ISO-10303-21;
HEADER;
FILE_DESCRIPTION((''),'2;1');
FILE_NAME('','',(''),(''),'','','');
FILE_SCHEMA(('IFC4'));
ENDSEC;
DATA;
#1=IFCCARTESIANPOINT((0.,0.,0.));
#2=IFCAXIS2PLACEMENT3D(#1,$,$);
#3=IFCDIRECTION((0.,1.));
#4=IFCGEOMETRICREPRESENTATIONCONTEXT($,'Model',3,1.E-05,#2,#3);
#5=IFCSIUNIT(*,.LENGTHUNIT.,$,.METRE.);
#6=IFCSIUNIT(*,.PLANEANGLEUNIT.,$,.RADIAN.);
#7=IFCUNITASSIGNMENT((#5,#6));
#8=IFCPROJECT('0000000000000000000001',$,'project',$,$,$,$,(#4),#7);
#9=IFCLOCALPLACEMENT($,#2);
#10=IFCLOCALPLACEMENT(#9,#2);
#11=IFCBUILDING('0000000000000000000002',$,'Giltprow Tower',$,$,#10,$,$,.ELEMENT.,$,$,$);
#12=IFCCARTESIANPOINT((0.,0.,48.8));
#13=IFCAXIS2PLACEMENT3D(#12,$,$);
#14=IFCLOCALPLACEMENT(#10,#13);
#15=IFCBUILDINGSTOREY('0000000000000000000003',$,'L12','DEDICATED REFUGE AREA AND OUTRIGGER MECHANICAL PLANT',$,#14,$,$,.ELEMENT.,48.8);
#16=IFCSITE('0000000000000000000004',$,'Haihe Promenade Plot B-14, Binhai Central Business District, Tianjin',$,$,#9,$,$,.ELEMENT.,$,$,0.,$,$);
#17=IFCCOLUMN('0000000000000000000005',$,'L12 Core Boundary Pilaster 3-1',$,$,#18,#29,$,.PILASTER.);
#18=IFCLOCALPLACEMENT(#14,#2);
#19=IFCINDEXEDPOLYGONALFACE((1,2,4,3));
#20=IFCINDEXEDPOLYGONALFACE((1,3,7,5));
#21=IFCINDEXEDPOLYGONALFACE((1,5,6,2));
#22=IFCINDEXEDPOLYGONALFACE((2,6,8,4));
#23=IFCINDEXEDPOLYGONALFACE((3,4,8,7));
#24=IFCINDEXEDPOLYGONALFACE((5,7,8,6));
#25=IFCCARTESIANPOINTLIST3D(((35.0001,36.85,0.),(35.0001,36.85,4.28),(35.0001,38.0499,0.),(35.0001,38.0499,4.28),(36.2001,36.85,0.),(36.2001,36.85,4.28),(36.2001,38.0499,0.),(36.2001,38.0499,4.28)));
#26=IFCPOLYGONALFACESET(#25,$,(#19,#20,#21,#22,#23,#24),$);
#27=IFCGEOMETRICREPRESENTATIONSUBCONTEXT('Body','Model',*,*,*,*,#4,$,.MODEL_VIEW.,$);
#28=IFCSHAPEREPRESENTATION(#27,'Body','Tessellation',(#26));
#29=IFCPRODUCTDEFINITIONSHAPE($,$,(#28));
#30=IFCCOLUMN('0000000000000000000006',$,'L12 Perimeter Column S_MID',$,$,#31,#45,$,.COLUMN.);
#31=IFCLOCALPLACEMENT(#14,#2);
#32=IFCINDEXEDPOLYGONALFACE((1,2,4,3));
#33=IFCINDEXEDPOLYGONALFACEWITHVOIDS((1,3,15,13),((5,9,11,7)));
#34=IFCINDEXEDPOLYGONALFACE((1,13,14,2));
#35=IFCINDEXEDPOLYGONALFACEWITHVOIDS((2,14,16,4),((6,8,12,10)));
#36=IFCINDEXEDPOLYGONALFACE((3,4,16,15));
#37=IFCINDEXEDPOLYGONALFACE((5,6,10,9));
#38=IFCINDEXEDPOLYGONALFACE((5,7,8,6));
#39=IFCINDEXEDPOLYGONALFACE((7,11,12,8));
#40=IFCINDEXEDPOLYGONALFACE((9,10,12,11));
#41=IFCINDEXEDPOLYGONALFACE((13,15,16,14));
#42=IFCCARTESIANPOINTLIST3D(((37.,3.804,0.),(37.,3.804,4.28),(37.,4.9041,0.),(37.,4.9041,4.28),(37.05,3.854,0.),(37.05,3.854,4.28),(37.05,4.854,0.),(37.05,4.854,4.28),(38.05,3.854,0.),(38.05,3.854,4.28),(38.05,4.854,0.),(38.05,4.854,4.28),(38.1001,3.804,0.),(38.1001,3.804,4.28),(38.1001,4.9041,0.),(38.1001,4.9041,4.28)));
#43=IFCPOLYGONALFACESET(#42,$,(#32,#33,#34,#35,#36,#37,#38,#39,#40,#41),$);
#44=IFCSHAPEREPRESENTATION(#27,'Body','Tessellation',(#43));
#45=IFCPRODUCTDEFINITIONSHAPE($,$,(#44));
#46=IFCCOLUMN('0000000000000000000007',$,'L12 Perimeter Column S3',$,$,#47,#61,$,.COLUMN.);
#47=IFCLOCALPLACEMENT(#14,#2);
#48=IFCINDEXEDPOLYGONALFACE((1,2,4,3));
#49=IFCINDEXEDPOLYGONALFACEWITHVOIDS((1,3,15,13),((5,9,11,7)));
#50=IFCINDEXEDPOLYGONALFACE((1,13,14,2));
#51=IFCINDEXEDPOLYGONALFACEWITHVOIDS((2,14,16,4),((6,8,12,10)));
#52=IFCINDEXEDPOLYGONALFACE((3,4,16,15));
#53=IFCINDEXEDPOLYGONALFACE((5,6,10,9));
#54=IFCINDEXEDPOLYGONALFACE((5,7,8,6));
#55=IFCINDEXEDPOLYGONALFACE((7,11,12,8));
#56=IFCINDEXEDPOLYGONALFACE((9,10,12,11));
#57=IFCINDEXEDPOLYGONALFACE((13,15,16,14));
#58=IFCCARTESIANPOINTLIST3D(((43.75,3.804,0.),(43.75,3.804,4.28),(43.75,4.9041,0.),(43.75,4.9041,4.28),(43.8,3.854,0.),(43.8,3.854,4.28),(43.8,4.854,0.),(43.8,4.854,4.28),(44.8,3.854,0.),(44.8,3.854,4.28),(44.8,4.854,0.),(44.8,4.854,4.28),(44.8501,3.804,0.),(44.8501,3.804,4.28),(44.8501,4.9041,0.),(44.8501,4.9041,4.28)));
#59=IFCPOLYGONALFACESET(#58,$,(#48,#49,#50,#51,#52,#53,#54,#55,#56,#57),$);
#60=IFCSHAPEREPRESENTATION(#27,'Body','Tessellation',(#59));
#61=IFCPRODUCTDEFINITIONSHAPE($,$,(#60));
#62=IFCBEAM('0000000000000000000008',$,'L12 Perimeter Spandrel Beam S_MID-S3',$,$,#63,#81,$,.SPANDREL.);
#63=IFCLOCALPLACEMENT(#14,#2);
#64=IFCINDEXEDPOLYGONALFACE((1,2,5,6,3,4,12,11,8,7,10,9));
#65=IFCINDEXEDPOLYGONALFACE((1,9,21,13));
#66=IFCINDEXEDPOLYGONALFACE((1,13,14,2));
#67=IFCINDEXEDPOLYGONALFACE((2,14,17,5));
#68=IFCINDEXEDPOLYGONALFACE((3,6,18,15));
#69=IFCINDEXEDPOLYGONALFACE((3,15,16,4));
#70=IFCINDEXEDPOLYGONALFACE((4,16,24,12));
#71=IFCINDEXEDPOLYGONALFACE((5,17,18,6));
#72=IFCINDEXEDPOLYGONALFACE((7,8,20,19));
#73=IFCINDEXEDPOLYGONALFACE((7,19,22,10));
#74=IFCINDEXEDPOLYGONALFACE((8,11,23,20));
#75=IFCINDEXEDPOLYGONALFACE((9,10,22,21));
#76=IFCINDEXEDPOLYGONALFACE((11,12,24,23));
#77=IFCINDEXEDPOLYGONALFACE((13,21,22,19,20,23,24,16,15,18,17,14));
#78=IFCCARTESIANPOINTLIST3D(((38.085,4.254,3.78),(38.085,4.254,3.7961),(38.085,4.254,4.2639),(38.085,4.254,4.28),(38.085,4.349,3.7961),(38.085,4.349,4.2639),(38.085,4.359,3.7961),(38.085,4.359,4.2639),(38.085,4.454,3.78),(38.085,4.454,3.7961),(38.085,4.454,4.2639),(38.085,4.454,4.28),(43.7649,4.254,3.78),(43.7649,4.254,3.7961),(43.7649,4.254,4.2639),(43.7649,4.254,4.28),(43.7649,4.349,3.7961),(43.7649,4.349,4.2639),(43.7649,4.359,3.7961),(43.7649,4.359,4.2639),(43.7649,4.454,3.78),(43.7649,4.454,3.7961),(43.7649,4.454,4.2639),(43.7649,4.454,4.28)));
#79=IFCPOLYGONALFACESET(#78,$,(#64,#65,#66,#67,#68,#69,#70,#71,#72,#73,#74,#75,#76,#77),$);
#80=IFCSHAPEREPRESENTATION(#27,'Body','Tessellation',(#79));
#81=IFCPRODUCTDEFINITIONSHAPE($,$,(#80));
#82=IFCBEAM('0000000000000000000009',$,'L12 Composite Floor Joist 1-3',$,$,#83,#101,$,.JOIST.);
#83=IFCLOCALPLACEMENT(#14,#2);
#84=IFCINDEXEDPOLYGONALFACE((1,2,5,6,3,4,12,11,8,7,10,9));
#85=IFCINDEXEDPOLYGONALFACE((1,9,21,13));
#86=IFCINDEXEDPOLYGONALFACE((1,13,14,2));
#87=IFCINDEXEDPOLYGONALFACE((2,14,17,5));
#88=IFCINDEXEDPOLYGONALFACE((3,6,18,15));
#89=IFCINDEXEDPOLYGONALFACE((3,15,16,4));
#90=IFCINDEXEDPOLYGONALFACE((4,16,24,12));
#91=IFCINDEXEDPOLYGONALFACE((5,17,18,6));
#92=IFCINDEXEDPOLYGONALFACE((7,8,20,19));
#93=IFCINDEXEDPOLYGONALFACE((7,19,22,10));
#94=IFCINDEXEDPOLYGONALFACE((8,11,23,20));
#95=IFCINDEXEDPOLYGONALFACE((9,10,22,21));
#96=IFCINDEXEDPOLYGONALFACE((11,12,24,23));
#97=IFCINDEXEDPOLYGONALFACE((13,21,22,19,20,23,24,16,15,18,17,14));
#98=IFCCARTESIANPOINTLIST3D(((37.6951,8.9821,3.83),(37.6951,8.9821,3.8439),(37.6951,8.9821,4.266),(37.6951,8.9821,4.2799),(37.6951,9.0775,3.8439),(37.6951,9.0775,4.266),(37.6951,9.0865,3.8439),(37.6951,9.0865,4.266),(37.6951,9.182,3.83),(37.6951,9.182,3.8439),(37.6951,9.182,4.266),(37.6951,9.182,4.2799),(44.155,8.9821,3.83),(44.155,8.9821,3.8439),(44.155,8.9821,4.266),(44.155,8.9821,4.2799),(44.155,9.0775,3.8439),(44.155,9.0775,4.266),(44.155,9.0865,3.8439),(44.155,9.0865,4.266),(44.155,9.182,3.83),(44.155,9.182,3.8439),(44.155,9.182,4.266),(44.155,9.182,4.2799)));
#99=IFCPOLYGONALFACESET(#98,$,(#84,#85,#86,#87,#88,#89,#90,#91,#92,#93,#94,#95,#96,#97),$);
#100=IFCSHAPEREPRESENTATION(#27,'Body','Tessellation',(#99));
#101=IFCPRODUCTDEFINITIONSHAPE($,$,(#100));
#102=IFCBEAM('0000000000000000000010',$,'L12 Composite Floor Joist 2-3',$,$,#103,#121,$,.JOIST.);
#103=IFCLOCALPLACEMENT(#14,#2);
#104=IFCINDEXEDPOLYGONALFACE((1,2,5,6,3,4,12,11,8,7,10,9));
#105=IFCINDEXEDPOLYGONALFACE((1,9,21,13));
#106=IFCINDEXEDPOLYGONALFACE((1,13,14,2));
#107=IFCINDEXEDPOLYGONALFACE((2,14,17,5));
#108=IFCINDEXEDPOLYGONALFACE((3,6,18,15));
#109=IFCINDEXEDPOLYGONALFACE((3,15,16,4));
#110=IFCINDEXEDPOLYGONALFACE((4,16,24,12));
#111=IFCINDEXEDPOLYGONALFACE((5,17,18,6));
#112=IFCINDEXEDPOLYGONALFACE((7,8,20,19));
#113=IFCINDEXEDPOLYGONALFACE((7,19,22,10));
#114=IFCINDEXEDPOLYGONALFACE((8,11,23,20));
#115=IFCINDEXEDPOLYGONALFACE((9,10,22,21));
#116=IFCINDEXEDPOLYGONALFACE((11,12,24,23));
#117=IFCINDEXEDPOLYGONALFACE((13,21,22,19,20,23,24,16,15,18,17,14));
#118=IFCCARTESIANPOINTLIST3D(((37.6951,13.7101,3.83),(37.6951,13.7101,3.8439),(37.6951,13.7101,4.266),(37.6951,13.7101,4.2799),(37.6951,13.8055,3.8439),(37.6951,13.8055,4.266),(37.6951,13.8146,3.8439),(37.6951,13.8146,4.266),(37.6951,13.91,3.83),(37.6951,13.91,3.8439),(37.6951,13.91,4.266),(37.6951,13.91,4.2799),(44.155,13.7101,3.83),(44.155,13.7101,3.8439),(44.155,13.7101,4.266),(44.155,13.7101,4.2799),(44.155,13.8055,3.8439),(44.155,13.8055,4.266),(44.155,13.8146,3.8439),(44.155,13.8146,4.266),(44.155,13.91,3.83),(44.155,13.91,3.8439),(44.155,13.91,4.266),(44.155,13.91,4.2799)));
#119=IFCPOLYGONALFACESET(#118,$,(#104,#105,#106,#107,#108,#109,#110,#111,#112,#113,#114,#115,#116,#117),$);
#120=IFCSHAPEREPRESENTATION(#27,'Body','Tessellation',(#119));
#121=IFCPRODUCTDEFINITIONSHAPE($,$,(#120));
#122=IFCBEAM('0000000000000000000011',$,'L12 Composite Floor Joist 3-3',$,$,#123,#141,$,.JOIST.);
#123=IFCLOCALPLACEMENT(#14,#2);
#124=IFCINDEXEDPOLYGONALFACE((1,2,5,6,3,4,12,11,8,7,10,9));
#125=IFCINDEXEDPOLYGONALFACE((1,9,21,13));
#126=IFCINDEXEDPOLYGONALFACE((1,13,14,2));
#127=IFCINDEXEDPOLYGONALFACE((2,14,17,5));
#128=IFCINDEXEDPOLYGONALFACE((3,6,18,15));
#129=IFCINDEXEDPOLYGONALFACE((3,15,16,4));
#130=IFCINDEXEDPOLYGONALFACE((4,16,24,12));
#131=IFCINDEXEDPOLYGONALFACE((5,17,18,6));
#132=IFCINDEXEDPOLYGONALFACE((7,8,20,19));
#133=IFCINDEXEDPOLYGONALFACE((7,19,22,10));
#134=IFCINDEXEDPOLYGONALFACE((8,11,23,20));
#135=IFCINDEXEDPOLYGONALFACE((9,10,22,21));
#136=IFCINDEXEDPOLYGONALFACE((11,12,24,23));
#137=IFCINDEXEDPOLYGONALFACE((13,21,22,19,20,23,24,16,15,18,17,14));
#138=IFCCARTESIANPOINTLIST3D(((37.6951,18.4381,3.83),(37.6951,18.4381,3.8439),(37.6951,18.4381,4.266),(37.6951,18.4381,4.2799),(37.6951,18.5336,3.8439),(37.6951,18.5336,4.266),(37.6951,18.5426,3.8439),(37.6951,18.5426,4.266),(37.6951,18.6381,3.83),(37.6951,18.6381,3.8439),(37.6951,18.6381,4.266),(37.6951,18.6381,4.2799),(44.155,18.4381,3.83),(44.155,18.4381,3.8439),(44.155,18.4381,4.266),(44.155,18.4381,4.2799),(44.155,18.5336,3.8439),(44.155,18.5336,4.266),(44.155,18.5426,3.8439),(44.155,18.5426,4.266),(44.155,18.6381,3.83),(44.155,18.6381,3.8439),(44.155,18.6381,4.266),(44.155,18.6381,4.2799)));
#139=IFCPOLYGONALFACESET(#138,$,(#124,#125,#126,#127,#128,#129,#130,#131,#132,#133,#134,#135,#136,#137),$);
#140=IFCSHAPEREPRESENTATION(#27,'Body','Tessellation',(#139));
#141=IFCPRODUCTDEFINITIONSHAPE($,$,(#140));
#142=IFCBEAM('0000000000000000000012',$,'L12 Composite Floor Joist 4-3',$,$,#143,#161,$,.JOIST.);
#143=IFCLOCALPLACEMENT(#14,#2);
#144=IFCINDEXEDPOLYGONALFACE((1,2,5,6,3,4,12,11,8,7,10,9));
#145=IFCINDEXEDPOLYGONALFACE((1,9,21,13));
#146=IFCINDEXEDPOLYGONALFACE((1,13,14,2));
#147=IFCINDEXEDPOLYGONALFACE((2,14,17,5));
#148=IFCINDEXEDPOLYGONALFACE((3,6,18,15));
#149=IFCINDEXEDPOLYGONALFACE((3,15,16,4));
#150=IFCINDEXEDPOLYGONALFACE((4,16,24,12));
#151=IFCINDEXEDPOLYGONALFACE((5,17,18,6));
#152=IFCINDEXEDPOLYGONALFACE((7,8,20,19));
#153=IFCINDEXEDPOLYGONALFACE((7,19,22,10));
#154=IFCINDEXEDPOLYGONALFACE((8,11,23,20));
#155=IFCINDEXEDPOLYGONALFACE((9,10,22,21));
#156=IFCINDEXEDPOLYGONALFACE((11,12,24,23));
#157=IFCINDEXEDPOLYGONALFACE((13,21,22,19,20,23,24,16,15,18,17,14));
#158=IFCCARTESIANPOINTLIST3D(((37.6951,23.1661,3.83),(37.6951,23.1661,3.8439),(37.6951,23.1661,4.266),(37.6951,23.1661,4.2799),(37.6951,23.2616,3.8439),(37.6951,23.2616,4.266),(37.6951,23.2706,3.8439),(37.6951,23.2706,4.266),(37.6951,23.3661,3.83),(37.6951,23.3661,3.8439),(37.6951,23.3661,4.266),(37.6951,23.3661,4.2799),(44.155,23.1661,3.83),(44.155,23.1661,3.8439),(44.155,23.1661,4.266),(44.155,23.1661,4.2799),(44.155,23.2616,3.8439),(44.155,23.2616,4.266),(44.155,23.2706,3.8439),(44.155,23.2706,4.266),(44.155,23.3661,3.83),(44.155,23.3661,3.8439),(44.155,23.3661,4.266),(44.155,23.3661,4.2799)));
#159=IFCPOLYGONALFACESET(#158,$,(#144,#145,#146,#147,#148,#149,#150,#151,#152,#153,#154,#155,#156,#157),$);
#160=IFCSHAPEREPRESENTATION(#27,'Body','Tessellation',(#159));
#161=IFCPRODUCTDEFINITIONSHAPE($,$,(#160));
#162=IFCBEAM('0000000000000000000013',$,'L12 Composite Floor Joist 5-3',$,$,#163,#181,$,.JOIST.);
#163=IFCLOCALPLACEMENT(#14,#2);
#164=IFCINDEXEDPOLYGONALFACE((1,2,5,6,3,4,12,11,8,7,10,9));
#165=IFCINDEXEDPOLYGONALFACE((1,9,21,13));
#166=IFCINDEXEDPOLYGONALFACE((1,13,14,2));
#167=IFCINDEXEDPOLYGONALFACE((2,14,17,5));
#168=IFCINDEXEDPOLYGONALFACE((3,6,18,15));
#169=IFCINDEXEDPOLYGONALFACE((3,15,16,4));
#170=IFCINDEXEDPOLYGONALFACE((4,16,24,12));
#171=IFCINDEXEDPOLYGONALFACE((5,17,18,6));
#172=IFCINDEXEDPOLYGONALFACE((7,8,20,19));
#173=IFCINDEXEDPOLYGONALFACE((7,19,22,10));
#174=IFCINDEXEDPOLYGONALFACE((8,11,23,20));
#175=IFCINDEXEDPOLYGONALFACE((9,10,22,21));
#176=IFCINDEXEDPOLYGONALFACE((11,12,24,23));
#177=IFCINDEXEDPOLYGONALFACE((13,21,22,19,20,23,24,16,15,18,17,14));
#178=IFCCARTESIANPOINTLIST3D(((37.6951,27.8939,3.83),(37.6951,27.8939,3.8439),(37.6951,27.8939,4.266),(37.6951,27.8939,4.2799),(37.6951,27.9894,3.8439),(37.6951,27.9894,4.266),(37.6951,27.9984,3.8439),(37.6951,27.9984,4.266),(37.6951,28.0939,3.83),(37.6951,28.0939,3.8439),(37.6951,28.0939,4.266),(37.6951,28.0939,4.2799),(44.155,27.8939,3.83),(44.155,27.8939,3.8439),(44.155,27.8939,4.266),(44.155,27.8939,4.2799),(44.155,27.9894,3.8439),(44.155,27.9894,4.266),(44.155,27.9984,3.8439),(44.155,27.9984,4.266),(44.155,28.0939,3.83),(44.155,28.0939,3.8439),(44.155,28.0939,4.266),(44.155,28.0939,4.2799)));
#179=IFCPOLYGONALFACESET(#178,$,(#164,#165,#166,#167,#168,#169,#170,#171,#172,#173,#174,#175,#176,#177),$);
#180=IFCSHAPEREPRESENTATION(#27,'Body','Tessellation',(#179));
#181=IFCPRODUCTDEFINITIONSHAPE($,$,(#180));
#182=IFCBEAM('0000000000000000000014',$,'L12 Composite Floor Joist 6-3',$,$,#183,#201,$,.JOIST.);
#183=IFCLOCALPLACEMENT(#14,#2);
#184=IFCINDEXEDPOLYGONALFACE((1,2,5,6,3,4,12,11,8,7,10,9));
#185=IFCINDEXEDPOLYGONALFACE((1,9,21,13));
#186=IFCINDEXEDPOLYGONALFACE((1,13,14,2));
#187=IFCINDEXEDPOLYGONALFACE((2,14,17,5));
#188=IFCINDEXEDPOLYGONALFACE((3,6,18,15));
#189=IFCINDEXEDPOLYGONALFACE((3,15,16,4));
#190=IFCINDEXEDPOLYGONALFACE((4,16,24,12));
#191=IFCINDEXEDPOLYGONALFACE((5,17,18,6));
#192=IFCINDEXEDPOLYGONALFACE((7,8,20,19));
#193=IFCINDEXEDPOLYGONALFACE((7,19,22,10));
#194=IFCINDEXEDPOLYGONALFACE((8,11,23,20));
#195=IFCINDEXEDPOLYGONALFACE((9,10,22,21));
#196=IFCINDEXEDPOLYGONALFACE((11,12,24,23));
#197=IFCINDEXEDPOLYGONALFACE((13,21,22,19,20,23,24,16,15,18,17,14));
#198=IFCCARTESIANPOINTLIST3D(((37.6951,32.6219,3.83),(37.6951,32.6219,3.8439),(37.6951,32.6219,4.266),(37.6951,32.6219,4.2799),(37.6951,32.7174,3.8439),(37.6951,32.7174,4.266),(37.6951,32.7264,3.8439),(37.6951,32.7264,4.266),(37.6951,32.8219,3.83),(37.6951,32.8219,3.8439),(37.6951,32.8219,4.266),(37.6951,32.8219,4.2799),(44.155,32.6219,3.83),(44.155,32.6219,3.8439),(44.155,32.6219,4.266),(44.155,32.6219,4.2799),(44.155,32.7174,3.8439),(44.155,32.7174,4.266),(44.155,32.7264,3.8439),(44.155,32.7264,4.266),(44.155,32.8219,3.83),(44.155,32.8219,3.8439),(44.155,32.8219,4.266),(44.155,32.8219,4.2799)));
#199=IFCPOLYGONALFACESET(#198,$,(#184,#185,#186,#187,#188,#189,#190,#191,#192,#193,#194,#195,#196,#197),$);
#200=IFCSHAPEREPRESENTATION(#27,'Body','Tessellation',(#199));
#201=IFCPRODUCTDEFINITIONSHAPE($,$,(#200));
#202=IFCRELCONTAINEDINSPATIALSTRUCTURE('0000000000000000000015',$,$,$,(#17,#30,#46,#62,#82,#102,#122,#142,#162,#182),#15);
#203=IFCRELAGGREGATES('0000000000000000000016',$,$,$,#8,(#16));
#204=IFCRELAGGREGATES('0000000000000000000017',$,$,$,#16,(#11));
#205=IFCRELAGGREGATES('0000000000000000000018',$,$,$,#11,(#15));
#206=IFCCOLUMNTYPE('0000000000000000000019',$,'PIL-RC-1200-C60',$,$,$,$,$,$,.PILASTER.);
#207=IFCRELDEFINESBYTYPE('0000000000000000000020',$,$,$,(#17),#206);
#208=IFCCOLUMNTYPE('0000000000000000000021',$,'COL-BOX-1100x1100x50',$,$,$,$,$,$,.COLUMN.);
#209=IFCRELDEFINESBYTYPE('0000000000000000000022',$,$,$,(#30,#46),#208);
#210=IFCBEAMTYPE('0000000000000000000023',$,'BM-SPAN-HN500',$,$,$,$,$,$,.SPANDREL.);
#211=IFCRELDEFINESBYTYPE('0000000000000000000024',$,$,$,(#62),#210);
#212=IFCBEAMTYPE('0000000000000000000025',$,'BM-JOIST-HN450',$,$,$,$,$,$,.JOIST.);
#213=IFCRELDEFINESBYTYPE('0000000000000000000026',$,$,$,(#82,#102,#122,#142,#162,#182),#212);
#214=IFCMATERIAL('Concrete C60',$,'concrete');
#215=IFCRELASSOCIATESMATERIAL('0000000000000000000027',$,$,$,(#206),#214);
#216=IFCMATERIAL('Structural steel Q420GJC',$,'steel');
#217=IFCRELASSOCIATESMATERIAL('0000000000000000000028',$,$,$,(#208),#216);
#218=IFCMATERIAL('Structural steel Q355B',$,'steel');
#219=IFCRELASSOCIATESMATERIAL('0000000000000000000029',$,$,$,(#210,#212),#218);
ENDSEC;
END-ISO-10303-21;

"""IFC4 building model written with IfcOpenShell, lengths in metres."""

from ifc_helpers import new_model, si_unit, direction, frame, origin, origin_2d, place, context, subcontext, project, spatial, rectangle, hollow_rectangle, i_section, extrude, source, transform, mapped, material, material_profile, profile_set, type_object, element, save


model = new_model("IFC4")

# Units and contexts
model_context = context("Model", 3, precision=1e-05, world=origin(), true_north=direction((0.0, 1.0)))
body_context = subcontext(model_context, "Body", "Model", "MODEL_VIEW")
ifc_project = project(units=[si_unit("LENGTHUNIT", "METRE"), si_unit("PLANEANGLEUNIT", "RADIAN")], contexts=[model_context])

# Site, building, storey
site_placement = place(None, origin())
site = spatial("IfcSite", under=ifc_project, at=site_placement, Name="Haihe Promenade Plot B-14, Binhai Central Business District, Tianjin", CompositionType="ELEMENT", RefElevation=0.0)
building_placement = place(site_placement, origin())
building = spatial("IfcBuilding", under=site, at=building_placement, Name="Giltprow Tower", CompositionType="ELEMENT")
storey_placement = place(building_placement, frame((0.0, 0.0, 48.8)))
storey = spatial("IfcBuildingStorey", under=building, at=storey_placement, Name="L12", Description="DEDICATED REFUGE AREA AND OUTRIGGER MECHANICAL PLANT", CompositionType="ELEMENT", Elevation=48.8)

# Columns
ifc_material_1 = material(Name="Concrete C60", Category="concrete")
ifc_material_profile_1 = material_profile(ifc_material_1, rectangle(XDim=1.2, YDim=1.2, at=origin_2d()), Name="RC 1200x1200")
ifc_profile_set_1 = profile_set([ifc_material_profile_1], Name="Concrete C60")
column_type_1 = type_object("IfcColumnType", Name="PIL-RC-1200-C60", PredefinedType="PILASTER", material=ifc_profile_set_1)
shared_shape_1 = source(origin(), body_context, "Body", "SweptSolid", [
    extrude(rectangle(XDim=1.2, YDim=1.2, at=origin_2d()), origin(), (0.0, 0.0, 1.0), 4.28),
])
column_placement = place(storey_placement, frame((35.6001, 37.45, 0.0), z_axis=(0.0, 0.0, 1.0), x_axis=(1.0, 0.0, 0.0)))
element("IfcColumn", 1, at=column_placement, inside=storey, type_object=column_type_1, Name="L12 Core Boundary Pilaster 3-1", PredefinedType="PILASTER", context=body_context, shape_type="MappedRepresentation", body=[
    mapped(shared_shape_1, transform((0.0, 0.0, 0.0), x_axis=(1.0, 0.0, 0.0), y_axis=(0.0, 1.0, 0.0), z_axis=(0.0, 0.0, 1.0), scale=1.0)),
])
ifc_material_2 = material(Name="Structural steel Q420GJC", Category="steel")
ifc_material_profile_2 = material_profile(ifc_material_2, hollow_rectangle(XDim=1.1001, YDim=1.1001, WallThickness=0.05, at=origin_2d()), Name="BOX 1100x1100x50")
ifc_profile_set_2 = profile_set([ifc_material_profile_2], Name="Structural steel Q420GJC")
column_type_2 = type_object("IfcColumnType", Name="COL-BOX-1100x1100x50", PredefinedType="COLUMN", material=ifc_profile_set_2)
shared_shape_2 = source(origin(), body_context, "Body", "SweptSolid", [
    extrude(hollow_rectangle(XDim=1.1001, YDim=1.1001, WallThickness=0.05, at=origin_2d()), origin(), (0.0, 0.0, 1.0), 4.28),
])
for number, where, z_axis, x_axis, name in (
    (2, (37.55, 4.354, 0.0), (0.0, 0.0, 1.0), (1.0, 0.0, 0.0), "L12 Perimeter Column S_MID"),
    (3, (44.3, 4.354, 0.0), (0.0, 0.0, 1.0), (1.0, 0.0, 0.0), "L12 Perimeter Column S3"),
):
    element("IfcColumn", number, at=place(storey_placement, frame(where, z_axis=z_axis, x_axis=x_axis)), inside=storey, type_object=column_type_2, Name=name, PredefinedType="COLUMN", context=body_context, shape_type="MappedRepresentation", body=[
        mapped(shared_shape_2, transform((0.0, 0.0, 0.0), x_axis=(1.0, 0.0, 0.0), y_axis=(0.0, 1.0, 0.0), z_axis=(0.0, 0.0, 1.0), scale=1.0)),
    ])

# Beams
ifc_material_3 = material(Name="Structural steel Q355B", Category="steel")
ifc_material_profile_3 = material_profile(ifc_material_3, i_section(OverallWidth=0.2, OverallDepth=0.5, WebThickness=0.01, FlangeThickness=0.0161, at=origin_2d()), Name="HN 500x200x10x16")
ifc_profile_set_3 = profile_set([ifc_material_profile_3], Name="Structural steel Q355B")
beam_type_1 = type_object("IfcBeamType", Name="BM-SPAN-HN500", PredefinedType="SPANDREL", material=ifc_profile_set_3)
shared_shape_3 = source(origin(), body_context, "Body", "SweptSolid", [
    extrude(i_section(OverallWidth=0.2, OverallDepth=0.5, WebThickness=0.01, FlangeThickness=0.0161, at=origin_2d()), origin(), (0.0, 0.0, 1.0), 5.6799),
])
beam_1_placement = place(storey_placement, frame((38.085, 4.354, 4.03), z_axis=(1.0, 0.0, 0.0), x_axis=(0.0, 1.0, 0.0)))
element("IfcBeam", 4, at=beam_1_placement, inside=storey, type_object=beam_type_1, Name="L12 Perimeter Spandrel Beam S_MID-S3", PredefinedType="SPANDREL", context=body_context, shape_type="MappedRepresentation", body=[
    mapped(shared_shape_3, transform((0.0, 0.0, 0.0), x_axis=(1.0, 0.0, 0.0), y_axis=(0.0, 1.0, 0.0), z_axis=(0.0, 0.0, 1.0), scale=1.0)),
])
ifc_material_profile_4 = material_profile(ifc_material_3, i_section(OverallWidth=0.2, OverallDepth=0.45, WebThickness=0.009, FlangeThickness=0.0139, at=origin_2d()), Name="HN 450x200x9x14")
ifc_profile_set_4 = profile_set([ifc_material_profile_4], Name="Structural steel Q355B")
beam_type_2 = type_object("IfcBeamType", Name="BM-JOIST-HN450", PredefinedType="JOIST", material=ifc_profile_set_4)
shared_shape_4 = source(origin(), body_context, "Body", "SweptSolid", [
    extrude(i_section(OverallWidth=0.2, OverallDepth=0.45, WebThickness=0.009, FlangeThickness=0.0139, at=origin_2d()), origin(), (0.0, 0.0, 1.0), 6.46),
])
for number, where, z_axis, x_axis, name in (
    (5, (37.6951, 9.082, 4.0549), (1.0, 0.0, 0.0), (0.0, 1.0, 0.0), "L12 Composite Floor Joist 1-3"),
    (6, (37.6951, 13.8101, 4.0549), (1.0, 0.0, 0.0), (0.0, 1.0, 0.0), "L12 Composite Floor Joist 2-3"),
    (7, (37.6951, 18.5381, 4.0549), (1.0, 0.0, 0.0), (0.0, 1.0, 0.0), "L12 Composite Floor Joist 3-3"),
    (8, (37.6951, 23.2661, 4.0549), (1.0, 0.0, 0.0), (0.0, 1.0, 0.0), "L12 Composite Floor Joist 4-3"),
    (9, (37.6951, 27.9939, 4.0549), (1.0, 0.0, 0.0), (0.0, 1.0, 0.0), "L12 Composite Floor Joist 5-3"),
    (10, (37.6951, 32.7219, 4.0549), (1.0, 0.0, 0.0), (0.0, 1.0, 0.0), "L12 Composite Floor Joist 6-3"),
):
    element("IfcBeam", number, at=place(storey_placement, frame(where, z_axis=z_axis, x_axis=x_axis)), inside=storey, type_object=beam_type_2, Name=name, PredefinedType="JOIST", context=body_context, shape_type="MappedRepresentation", body=[
        mapped(shared_shape_4, transform((0.0, 0.0, 0.0), x_axis=(1.0, 0.0, 0.0), y_axis=(0.0, 1.0, 0.0), z_axis=(0.0, 0.0, 1.0), scale=1.0)),
    ])

save(model, "model.ifc")
